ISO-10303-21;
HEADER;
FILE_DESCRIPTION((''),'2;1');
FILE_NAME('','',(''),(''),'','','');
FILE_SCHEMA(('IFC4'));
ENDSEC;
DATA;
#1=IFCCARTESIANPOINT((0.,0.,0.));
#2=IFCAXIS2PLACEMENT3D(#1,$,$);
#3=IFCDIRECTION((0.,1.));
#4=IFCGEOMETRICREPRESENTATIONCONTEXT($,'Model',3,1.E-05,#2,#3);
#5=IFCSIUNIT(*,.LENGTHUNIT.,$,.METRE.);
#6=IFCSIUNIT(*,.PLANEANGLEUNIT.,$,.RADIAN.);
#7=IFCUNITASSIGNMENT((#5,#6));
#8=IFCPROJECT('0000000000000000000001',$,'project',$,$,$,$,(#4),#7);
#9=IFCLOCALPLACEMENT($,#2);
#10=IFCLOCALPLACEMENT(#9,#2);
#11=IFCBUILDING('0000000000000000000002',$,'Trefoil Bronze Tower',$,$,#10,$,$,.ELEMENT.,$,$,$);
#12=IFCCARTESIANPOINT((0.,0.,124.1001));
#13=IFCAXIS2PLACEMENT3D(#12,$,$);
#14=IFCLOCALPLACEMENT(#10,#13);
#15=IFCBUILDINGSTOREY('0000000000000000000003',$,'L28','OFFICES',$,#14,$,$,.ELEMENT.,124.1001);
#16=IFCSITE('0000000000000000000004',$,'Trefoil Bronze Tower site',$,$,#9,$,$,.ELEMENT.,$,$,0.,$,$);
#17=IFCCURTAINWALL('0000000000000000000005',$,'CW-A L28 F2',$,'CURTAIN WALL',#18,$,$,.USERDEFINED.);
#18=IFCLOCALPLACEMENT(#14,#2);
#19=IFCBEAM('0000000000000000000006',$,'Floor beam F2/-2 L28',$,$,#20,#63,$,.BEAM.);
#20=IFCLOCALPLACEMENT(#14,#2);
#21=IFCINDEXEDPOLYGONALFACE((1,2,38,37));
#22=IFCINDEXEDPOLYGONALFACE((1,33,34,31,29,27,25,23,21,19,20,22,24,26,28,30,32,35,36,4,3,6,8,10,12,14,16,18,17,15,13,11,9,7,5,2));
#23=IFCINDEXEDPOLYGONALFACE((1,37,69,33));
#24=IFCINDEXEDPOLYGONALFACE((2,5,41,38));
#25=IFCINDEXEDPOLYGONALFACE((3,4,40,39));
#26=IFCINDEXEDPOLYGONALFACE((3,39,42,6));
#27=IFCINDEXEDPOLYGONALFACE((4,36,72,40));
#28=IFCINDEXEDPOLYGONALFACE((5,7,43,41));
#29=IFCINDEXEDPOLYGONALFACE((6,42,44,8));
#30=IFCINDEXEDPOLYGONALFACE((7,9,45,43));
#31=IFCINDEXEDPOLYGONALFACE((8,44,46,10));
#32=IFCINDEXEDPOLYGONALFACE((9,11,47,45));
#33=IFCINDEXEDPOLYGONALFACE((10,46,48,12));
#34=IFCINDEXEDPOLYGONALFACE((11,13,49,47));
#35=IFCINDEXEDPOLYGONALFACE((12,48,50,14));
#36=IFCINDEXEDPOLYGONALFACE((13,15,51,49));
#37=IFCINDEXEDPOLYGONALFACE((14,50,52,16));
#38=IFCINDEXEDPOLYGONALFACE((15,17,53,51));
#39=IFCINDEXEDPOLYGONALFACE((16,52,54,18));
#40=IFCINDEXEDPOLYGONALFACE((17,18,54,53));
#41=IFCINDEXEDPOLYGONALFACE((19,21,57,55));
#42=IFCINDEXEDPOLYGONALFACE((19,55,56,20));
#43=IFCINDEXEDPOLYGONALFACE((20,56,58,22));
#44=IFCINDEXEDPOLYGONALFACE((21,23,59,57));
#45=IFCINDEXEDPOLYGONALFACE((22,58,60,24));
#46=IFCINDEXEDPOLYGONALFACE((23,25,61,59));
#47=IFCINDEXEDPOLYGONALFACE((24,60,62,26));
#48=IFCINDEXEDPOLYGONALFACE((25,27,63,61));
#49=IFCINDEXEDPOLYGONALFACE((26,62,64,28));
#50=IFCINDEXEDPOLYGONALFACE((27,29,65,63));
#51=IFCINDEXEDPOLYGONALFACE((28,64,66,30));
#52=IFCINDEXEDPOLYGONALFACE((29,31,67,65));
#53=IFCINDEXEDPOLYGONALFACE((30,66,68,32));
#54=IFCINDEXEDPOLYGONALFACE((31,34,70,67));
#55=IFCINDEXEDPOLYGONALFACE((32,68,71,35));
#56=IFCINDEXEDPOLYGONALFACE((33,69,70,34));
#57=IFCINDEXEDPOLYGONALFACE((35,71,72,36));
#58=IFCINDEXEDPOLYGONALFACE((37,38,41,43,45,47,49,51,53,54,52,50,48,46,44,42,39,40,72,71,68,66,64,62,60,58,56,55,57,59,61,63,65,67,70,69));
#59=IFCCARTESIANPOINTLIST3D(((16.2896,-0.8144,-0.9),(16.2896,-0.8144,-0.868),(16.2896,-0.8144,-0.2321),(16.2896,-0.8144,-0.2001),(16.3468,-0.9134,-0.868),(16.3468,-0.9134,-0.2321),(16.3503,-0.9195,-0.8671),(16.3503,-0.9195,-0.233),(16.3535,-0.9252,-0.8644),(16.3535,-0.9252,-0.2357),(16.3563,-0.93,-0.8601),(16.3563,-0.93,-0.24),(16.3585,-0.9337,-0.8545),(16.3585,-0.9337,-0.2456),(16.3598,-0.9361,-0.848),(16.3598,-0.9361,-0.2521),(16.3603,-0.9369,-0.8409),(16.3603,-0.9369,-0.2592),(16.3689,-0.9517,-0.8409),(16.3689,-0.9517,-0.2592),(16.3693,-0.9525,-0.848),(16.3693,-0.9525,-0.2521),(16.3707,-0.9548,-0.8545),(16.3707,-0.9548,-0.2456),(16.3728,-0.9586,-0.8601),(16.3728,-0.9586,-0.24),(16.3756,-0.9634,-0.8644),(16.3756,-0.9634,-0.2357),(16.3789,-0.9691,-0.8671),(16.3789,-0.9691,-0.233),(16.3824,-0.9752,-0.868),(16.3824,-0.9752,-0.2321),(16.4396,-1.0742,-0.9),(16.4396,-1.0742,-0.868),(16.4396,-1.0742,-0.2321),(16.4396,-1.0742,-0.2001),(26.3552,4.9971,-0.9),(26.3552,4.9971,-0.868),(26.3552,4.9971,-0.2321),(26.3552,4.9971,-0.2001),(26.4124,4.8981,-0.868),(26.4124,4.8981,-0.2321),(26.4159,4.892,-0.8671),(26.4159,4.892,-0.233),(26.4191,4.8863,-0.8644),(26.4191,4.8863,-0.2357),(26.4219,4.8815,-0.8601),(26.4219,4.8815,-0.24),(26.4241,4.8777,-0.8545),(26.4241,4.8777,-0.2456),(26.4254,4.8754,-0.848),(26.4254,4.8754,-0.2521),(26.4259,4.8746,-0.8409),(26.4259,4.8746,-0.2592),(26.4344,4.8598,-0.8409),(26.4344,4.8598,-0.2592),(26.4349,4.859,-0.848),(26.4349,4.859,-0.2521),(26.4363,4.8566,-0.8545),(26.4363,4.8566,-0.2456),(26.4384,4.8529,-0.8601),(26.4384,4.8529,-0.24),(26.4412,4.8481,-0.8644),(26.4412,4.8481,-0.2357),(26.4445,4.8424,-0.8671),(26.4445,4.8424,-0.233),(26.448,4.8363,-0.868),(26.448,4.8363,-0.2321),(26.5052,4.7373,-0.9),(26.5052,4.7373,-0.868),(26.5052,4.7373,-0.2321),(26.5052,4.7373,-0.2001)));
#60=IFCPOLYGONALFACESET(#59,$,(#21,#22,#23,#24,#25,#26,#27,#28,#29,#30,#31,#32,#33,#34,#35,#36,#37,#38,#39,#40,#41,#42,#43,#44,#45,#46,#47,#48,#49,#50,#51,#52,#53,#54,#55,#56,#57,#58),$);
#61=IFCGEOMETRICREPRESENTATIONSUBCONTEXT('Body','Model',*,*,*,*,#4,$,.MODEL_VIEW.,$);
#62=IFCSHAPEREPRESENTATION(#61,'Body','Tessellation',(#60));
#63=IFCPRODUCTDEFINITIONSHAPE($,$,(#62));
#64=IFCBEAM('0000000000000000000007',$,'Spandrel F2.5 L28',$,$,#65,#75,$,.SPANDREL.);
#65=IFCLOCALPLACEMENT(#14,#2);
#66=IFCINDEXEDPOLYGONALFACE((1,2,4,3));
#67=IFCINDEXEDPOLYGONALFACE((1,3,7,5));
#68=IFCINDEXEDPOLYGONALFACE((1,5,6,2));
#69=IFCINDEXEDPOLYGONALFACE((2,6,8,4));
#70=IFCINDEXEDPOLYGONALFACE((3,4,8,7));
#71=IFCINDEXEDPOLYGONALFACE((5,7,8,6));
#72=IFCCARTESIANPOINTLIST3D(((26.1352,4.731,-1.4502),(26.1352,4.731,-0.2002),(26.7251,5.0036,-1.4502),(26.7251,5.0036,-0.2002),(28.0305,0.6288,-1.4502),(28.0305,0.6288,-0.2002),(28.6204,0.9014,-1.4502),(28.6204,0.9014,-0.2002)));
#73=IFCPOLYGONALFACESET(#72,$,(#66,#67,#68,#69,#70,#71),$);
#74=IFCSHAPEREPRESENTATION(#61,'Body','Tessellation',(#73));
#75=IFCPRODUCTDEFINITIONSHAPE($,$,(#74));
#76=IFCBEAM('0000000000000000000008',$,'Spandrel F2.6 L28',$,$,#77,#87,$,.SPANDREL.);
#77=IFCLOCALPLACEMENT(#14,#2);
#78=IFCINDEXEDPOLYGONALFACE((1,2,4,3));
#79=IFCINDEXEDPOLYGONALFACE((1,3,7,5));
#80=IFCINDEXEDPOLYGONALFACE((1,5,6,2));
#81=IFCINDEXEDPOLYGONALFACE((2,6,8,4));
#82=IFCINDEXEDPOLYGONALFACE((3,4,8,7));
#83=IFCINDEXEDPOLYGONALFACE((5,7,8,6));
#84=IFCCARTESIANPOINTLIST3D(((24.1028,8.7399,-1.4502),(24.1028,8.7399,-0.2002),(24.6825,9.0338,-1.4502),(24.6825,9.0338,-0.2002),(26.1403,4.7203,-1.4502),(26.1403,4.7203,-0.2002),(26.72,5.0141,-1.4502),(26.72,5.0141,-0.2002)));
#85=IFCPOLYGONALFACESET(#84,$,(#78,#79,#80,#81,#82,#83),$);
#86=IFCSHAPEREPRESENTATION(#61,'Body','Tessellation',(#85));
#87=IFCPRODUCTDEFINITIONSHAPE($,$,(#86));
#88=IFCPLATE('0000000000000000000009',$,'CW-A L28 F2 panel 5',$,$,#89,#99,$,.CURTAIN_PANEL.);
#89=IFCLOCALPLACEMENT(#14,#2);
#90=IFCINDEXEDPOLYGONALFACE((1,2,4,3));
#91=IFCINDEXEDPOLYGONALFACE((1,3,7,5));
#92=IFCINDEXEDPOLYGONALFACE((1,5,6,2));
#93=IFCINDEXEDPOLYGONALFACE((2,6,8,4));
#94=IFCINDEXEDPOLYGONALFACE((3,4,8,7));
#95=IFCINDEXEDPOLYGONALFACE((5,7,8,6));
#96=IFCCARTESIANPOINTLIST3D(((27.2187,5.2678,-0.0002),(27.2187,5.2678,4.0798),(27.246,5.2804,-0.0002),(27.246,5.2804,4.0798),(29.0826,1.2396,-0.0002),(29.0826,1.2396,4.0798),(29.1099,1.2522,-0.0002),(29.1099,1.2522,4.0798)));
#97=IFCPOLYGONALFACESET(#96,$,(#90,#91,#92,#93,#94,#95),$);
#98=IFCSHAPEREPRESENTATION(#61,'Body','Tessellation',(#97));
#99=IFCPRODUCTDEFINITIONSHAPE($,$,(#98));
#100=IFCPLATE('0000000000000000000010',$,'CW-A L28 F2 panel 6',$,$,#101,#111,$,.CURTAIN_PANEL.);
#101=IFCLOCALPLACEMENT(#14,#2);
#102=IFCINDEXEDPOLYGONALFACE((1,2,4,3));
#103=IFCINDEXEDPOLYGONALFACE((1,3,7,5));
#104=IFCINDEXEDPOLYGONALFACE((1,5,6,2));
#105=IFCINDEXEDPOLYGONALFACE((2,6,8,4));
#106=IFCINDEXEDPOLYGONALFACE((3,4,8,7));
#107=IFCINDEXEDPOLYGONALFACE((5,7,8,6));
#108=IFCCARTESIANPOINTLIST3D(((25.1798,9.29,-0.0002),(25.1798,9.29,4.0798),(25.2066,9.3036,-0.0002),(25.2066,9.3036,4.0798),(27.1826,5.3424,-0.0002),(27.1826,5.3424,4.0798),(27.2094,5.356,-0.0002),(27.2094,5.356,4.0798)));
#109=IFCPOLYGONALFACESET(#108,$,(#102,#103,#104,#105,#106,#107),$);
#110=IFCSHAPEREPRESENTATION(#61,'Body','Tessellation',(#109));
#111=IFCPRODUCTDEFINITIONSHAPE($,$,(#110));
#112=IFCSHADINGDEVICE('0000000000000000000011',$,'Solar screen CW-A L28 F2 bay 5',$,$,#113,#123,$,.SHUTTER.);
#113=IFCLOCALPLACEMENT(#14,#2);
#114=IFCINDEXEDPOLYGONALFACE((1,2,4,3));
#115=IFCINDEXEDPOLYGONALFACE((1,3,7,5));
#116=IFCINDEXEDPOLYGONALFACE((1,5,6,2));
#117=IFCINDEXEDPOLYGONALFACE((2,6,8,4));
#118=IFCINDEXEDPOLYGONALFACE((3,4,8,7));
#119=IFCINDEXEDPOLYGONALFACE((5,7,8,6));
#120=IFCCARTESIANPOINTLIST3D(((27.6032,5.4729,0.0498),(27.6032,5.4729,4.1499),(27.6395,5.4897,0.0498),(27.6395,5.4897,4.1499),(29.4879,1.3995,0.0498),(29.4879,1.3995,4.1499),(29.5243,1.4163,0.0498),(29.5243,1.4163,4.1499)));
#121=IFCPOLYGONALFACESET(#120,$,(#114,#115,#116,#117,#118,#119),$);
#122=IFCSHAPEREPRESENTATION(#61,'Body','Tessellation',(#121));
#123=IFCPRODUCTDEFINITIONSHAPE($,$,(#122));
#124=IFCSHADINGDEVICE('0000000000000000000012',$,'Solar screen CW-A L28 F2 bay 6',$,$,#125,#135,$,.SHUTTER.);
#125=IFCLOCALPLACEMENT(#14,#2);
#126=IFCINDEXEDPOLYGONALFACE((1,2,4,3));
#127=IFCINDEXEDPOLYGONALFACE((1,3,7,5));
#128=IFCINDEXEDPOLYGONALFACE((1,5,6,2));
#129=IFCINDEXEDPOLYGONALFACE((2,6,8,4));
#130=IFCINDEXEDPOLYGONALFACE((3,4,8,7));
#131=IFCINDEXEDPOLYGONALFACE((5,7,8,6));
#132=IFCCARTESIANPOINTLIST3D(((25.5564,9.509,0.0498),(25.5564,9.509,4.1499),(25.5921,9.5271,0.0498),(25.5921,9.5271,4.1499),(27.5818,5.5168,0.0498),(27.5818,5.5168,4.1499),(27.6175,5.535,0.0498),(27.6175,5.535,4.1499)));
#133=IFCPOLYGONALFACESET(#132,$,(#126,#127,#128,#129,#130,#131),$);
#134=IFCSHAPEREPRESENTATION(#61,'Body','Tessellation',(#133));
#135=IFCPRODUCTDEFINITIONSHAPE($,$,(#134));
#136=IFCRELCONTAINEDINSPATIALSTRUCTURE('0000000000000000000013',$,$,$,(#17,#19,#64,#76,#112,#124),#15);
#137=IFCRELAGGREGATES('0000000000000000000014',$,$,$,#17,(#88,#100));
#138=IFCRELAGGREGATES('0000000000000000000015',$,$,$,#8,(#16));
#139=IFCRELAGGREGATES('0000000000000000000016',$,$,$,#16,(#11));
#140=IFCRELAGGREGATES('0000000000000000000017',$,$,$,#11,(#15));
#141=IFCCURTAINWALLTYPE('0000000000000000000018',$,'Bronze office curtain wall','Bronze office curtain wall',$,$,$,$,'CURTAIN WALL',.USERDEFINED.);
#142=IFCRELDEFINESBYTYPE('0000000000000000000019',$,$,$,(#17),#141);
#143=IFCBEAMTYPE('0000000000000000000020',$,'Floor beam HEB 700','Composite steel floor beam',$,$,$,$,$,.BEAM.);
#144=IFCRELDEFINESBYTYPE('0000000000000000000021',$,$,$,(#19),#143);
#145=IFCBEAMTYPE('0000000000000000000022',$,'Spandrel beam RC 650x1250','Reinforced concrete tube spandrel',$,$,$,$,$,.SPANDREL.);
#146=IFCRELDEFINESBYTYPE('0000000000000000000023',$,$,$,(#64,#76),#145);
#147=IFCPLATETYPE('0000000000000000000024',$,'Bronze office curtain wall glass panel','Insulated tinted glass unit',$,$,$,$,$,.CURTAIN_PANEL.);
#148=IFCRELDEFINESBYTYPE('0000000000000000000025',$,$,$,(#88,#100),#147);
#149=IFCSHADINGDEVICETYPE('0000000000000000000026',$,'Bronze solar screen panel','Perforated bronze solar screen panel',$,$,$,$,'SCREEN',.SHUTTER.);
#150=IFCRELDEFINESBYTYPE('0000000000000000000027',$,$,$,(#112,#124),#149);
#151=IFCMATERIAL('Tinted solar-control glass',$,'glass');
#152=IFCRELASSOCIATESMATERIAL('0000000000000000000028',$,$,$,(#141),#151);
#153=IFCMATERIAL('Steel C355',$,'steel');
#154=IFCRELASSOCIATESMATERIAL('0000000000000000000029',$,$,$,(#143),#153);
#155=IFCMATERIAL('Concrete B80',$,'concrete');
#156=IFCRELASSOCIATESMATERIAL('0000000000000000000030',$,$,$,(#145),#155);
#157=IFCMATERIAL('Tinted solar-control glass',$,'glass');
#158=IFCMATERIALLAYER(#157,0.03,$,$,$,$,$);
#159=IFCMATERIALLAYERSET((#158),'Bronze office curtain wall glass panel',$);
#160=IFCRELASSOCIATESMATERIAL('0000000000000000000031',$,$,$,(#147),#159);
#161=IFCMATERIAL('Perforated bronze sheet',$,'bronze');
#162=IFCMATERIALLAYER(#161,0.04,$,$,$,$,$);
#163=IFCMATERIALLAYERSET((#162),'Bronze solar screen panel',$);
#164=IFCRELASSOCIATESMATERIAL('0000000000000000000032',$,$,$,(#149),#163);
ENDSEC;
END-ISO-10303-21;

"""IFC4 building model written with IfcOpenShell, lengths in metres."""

from ifc_helpers import new_model, si_unit, direction, frame, origin, origin_2d, place, context, subcontext, project, spatial, rectangle, i_section, extrude, material, layer, layer_set, material_profile, profile_set, type_object, element, aggregate, save


model = new_model("IFC4")

# Units and contexts
model_context = context("Model", 3, precision=1e-05, world=origin(), true_north=direction((0.0, 1.0)))
body_context = subcontext(model_context, "Body", "Model", "MODEL_VIEW")
ifc_project = project(units=[si_unit("LENGTHUNIT", "METRE"), si_unit("PLANEANGLEUNIT", "RADIAN")], contexts=[model_context])

# Site, building, storey
site_placement = place(None, origin())
site = spatial("IfcSite", under=ifc_project, at=site_placement, Name="Trefoil Bronze Tower site", CompositionType="ELEMENT", RefElevation=0.0)
building_placement = place(site_placement, origin())
building = spatial("IfcBuilding", under=site, at=building_placement, Name="Trefoil Bronze Tower", CompositionType="ELEMENT")
storey_placement = place(building_placement, frame((0.0, 0.0, 124.1001)))
storey = spatial("IfcBuildingStorey", under=building, at=storey_placement, Name="L28", Description="OFFICES", CompositionType="ELEMENT", Elevation=124.1001)

# Curtain wall
ifc_material_1 = material(Name="Tinted solar-control glass", Category="glass")
curtain_wall_type = type_object("IfcCurtainWallType", Name="Bronze office curtain wall", Description="Bronze office curtain wall", ElementType="CURTAIN WALL", PredefinedType="USERDEFINED", material=ifc_material_1)
curtain_wall_placement = place(storey_placement, origin())
curtain_wall = element("IfcCurtainWall", 1, at=curtain_wall_placement, inside=storey, type_object=curtain_wall_type, Name="CW-A L28 F2", ObjectType="CURTAIN WALL", PredefinedType="USERDEFINED")

# Beams
ifc_material_2 = material(Name="Steel C355", Category="steel")
ifc_material_profile_1 = material_profile(ifc_material_2, i_section(OverallWidth=0.3, OverallDepth=0.7, WebThickness=0.0171, FlangeThickness=0.032, FilletRadius=0.0271, at=origin_2d()), Name="HEB 700")
ifc_profile_set_1 = profile_set([ifc_material_profile_1], Name="Steel C355")
beam_type_1 = type_object("IfcBeamType", Name="Floor beam HEB 700", Description="Composite steel floor beam", PredefinedType="BEAM", material=ifc_profile_set_1)
beam_1_placement = place(storey_placement, frame((26.4302, 4.8672, -0.55), z_axis=(-0.866022, -0.500007, 0.0), x_axis=(0.500007, -0.866022, 0.0)))
element("IfcBeam", 2, at=beam_1_placement, inside=storey, type_object=beam_type_1, Name="Floor beam F2/-2 L28", PredefinedType="BEAM", context=body_context, shape_type="SweptSolid", body=[
    extrude(i_section(OverallWidth=0.3, OverallDepth=0.7, WebThickness=0.0171, FlangeThickness=0.032, FilletRadius=0.0271, at=origin_2d()), origin(), (0.0, 0.0, 1.0), 11.6228),
])
ifc_material_3 = material(Name="Concrete B80", Category="concrete")
ifc_material_profile_2 = material_profile(ifc_material_3, rectangle(XDim=0.6499, YDim=1.25, at=origin_2d()), Name="RC 650x1250")
ifc_profile_set_2 = profile_set([ifc_material_profile_2], Name="Concrete B80")
beam_type_2 = type_object("IfcBeamType", Name="Spandrel beam RC 650x1250", Description="Reinforced concrete tube spandrel", PredefinedType="SPANDREL", material=ifc_profile_set_2)
beam_2_placement = place(storey_placement, frame((28.3254, 0.7651, -0.8252), z_axis=(-0.419425, 0.90779, 0.0), x_axis=(-0.90779, -0.419425, 0.0)))
element("IfcBeam", 3, at=beam_2_placement, inside=storey, type_object=beam_type_2, Name="Spandrel F2.5 L28", PredefinedType="SPANDREL", context=body_context, shape_type="SweptSolid", body=[
    extrude(rectangle(XDim=0.6499, YDim=1.25, at=origin_2d()), origin(), (0.0, 0.0, 1.0), 4.5188),
])
beam_3_placement = place(storey_placement, frame((26.4302, 4.8672, -0.8252), z_axis=(-0.452126, 0.891954, 0.0), x_axis=(-0.891954, -0.452126, 0.0)))
element("IfcBeam", 4, at=beam_3_placement, inside=storey, type_object=beam_type_2, Name="Spandrel F2.6 L28", PredefinedType="SPANDREL", context=body_context, shape_type="SweptSolid", body=[
    extrude(rectangle(XDim=0.6499, YDim=1.25, at=origin_2d()), origin(), (0.0, 0.0, 1.0), 4.5066),
])

# Plates
ifc_material_4 = material(Name="Tinted solar-control glass", Category="glass")
ifc_layer_1 = layer(ifc_material_4, 0.03)
ifc_layer_set_1 = layer_set([ifc_layer_1], Name="Bronze office curtain wall glass panel")
plate_type = type_object("IfcPlateType", Name="Bronze office curtain wall glass panel", Description="Insulated tinted glass unit", PredefinedType="CURTAIN_PANEL", material=ifc_layer_set_1)
plate_1_placement = place(storey_placement, frame((28.1643, 3.26, -0.0002), z_axis=(0.0, 0.0, 1.0), x_axis=(-0.419933, 0.907555, 0.0)))
plate_1 = element("IfcPlate", 5, at=plate_1_placement, type_object=plate_type, Name="CW-A L28 F2 panel 5", PredefinedType="CURTAIN_PANEL", context=body_context, shape_type="SweptSolid", body=[
    extrude(rectangle(XDim=4.4385, YDim=0.03, at=origin_2d()), origin(), (0.0, 0.0, 1.0), 4.0801),
])
plate_2_placement = place(storey_placement, frame((26.1946, 7.323, -0.0002), z_axis=(0.0, 0.0, 1.0), x_axis=(-0.452449, 0.89179, 0.0)))
plate_2 = element("IfcPlate", 6, at=plate_2_placement, type_object=plate_type, Name="CW-A L28 F2 panel 6", PredefinedType="CURTAIN_PANEL", context=body_context, shape_type="SweptSolid", body=[
    extrude(rectangle(XDim=4.4265, YDim=0.03, at=origin_2d()), origin(), (0.0, 0.0, 1.0), 4.0801),
])
aggregate(curtain_wall, [plate_1, plate_2])

# Shading devices
ifc_material_5 = material(Name="Perforated bronze sheet", Category="bronze")
ifc_layer_2 = layer(ifc_material_5, 0.04)
ifc_layer_set_2 = layer_set([ifc_layer_2], Name="Bronze solar screen panel")
shading_device_type = type_object("IfcShadingDeviceType", Name="Bronze solar screen panel", Description="Perforated bronze solar screen panel", ElementType="SCREEN", PredefinedType="SHUTTER", material=ifc_layer_set_2)
shading_device_1_placement = place(storey_placement, frame((28.5637, 3.4446, 0.0498), z_axis=(0.0, 0.0, 1.0), x_axis=(-0.419933, 0.907555, 0.0)))
element("IfcShadingDevice", 7, at=shading_device_1_placement, inside=storey, type_object=shading_device_type, Name="Solar screen CW-A L28 F2 bay 5", PredefinedType="SHUTTER", context=body_context, shape_type="SweptSolid", body=[
    extrude(rectangle(XDim=4.4883, YDim=0.04, at=origin_2d()), origin(), (0.0, 0.0, 1.0), 4.1001),
])
shading_device_2_placement = place(storey_placement, frame((26.5869, 7.522, 0.0498), z_axis=(0.0, 0.0, 1.0), x_axis=(-0.452449, 0.89179, 0.0)))
element("IfcShadingDevice", 8, at=shading_device_2_placement, inside=storey, type_object=shading_device_type, Name="Solar screen CW-A L28 F2 bay 6", PredefinedType="SHUTTER", context=body_context, shape_type="SweptSolid", body=[
    extrude(rectangle(XDim=4.4766, YDim=0.04, at=origin_2d()), origin(), (0.0, 0.0, 1.0), 4.1001),
])

save(model, "model.ifc")
